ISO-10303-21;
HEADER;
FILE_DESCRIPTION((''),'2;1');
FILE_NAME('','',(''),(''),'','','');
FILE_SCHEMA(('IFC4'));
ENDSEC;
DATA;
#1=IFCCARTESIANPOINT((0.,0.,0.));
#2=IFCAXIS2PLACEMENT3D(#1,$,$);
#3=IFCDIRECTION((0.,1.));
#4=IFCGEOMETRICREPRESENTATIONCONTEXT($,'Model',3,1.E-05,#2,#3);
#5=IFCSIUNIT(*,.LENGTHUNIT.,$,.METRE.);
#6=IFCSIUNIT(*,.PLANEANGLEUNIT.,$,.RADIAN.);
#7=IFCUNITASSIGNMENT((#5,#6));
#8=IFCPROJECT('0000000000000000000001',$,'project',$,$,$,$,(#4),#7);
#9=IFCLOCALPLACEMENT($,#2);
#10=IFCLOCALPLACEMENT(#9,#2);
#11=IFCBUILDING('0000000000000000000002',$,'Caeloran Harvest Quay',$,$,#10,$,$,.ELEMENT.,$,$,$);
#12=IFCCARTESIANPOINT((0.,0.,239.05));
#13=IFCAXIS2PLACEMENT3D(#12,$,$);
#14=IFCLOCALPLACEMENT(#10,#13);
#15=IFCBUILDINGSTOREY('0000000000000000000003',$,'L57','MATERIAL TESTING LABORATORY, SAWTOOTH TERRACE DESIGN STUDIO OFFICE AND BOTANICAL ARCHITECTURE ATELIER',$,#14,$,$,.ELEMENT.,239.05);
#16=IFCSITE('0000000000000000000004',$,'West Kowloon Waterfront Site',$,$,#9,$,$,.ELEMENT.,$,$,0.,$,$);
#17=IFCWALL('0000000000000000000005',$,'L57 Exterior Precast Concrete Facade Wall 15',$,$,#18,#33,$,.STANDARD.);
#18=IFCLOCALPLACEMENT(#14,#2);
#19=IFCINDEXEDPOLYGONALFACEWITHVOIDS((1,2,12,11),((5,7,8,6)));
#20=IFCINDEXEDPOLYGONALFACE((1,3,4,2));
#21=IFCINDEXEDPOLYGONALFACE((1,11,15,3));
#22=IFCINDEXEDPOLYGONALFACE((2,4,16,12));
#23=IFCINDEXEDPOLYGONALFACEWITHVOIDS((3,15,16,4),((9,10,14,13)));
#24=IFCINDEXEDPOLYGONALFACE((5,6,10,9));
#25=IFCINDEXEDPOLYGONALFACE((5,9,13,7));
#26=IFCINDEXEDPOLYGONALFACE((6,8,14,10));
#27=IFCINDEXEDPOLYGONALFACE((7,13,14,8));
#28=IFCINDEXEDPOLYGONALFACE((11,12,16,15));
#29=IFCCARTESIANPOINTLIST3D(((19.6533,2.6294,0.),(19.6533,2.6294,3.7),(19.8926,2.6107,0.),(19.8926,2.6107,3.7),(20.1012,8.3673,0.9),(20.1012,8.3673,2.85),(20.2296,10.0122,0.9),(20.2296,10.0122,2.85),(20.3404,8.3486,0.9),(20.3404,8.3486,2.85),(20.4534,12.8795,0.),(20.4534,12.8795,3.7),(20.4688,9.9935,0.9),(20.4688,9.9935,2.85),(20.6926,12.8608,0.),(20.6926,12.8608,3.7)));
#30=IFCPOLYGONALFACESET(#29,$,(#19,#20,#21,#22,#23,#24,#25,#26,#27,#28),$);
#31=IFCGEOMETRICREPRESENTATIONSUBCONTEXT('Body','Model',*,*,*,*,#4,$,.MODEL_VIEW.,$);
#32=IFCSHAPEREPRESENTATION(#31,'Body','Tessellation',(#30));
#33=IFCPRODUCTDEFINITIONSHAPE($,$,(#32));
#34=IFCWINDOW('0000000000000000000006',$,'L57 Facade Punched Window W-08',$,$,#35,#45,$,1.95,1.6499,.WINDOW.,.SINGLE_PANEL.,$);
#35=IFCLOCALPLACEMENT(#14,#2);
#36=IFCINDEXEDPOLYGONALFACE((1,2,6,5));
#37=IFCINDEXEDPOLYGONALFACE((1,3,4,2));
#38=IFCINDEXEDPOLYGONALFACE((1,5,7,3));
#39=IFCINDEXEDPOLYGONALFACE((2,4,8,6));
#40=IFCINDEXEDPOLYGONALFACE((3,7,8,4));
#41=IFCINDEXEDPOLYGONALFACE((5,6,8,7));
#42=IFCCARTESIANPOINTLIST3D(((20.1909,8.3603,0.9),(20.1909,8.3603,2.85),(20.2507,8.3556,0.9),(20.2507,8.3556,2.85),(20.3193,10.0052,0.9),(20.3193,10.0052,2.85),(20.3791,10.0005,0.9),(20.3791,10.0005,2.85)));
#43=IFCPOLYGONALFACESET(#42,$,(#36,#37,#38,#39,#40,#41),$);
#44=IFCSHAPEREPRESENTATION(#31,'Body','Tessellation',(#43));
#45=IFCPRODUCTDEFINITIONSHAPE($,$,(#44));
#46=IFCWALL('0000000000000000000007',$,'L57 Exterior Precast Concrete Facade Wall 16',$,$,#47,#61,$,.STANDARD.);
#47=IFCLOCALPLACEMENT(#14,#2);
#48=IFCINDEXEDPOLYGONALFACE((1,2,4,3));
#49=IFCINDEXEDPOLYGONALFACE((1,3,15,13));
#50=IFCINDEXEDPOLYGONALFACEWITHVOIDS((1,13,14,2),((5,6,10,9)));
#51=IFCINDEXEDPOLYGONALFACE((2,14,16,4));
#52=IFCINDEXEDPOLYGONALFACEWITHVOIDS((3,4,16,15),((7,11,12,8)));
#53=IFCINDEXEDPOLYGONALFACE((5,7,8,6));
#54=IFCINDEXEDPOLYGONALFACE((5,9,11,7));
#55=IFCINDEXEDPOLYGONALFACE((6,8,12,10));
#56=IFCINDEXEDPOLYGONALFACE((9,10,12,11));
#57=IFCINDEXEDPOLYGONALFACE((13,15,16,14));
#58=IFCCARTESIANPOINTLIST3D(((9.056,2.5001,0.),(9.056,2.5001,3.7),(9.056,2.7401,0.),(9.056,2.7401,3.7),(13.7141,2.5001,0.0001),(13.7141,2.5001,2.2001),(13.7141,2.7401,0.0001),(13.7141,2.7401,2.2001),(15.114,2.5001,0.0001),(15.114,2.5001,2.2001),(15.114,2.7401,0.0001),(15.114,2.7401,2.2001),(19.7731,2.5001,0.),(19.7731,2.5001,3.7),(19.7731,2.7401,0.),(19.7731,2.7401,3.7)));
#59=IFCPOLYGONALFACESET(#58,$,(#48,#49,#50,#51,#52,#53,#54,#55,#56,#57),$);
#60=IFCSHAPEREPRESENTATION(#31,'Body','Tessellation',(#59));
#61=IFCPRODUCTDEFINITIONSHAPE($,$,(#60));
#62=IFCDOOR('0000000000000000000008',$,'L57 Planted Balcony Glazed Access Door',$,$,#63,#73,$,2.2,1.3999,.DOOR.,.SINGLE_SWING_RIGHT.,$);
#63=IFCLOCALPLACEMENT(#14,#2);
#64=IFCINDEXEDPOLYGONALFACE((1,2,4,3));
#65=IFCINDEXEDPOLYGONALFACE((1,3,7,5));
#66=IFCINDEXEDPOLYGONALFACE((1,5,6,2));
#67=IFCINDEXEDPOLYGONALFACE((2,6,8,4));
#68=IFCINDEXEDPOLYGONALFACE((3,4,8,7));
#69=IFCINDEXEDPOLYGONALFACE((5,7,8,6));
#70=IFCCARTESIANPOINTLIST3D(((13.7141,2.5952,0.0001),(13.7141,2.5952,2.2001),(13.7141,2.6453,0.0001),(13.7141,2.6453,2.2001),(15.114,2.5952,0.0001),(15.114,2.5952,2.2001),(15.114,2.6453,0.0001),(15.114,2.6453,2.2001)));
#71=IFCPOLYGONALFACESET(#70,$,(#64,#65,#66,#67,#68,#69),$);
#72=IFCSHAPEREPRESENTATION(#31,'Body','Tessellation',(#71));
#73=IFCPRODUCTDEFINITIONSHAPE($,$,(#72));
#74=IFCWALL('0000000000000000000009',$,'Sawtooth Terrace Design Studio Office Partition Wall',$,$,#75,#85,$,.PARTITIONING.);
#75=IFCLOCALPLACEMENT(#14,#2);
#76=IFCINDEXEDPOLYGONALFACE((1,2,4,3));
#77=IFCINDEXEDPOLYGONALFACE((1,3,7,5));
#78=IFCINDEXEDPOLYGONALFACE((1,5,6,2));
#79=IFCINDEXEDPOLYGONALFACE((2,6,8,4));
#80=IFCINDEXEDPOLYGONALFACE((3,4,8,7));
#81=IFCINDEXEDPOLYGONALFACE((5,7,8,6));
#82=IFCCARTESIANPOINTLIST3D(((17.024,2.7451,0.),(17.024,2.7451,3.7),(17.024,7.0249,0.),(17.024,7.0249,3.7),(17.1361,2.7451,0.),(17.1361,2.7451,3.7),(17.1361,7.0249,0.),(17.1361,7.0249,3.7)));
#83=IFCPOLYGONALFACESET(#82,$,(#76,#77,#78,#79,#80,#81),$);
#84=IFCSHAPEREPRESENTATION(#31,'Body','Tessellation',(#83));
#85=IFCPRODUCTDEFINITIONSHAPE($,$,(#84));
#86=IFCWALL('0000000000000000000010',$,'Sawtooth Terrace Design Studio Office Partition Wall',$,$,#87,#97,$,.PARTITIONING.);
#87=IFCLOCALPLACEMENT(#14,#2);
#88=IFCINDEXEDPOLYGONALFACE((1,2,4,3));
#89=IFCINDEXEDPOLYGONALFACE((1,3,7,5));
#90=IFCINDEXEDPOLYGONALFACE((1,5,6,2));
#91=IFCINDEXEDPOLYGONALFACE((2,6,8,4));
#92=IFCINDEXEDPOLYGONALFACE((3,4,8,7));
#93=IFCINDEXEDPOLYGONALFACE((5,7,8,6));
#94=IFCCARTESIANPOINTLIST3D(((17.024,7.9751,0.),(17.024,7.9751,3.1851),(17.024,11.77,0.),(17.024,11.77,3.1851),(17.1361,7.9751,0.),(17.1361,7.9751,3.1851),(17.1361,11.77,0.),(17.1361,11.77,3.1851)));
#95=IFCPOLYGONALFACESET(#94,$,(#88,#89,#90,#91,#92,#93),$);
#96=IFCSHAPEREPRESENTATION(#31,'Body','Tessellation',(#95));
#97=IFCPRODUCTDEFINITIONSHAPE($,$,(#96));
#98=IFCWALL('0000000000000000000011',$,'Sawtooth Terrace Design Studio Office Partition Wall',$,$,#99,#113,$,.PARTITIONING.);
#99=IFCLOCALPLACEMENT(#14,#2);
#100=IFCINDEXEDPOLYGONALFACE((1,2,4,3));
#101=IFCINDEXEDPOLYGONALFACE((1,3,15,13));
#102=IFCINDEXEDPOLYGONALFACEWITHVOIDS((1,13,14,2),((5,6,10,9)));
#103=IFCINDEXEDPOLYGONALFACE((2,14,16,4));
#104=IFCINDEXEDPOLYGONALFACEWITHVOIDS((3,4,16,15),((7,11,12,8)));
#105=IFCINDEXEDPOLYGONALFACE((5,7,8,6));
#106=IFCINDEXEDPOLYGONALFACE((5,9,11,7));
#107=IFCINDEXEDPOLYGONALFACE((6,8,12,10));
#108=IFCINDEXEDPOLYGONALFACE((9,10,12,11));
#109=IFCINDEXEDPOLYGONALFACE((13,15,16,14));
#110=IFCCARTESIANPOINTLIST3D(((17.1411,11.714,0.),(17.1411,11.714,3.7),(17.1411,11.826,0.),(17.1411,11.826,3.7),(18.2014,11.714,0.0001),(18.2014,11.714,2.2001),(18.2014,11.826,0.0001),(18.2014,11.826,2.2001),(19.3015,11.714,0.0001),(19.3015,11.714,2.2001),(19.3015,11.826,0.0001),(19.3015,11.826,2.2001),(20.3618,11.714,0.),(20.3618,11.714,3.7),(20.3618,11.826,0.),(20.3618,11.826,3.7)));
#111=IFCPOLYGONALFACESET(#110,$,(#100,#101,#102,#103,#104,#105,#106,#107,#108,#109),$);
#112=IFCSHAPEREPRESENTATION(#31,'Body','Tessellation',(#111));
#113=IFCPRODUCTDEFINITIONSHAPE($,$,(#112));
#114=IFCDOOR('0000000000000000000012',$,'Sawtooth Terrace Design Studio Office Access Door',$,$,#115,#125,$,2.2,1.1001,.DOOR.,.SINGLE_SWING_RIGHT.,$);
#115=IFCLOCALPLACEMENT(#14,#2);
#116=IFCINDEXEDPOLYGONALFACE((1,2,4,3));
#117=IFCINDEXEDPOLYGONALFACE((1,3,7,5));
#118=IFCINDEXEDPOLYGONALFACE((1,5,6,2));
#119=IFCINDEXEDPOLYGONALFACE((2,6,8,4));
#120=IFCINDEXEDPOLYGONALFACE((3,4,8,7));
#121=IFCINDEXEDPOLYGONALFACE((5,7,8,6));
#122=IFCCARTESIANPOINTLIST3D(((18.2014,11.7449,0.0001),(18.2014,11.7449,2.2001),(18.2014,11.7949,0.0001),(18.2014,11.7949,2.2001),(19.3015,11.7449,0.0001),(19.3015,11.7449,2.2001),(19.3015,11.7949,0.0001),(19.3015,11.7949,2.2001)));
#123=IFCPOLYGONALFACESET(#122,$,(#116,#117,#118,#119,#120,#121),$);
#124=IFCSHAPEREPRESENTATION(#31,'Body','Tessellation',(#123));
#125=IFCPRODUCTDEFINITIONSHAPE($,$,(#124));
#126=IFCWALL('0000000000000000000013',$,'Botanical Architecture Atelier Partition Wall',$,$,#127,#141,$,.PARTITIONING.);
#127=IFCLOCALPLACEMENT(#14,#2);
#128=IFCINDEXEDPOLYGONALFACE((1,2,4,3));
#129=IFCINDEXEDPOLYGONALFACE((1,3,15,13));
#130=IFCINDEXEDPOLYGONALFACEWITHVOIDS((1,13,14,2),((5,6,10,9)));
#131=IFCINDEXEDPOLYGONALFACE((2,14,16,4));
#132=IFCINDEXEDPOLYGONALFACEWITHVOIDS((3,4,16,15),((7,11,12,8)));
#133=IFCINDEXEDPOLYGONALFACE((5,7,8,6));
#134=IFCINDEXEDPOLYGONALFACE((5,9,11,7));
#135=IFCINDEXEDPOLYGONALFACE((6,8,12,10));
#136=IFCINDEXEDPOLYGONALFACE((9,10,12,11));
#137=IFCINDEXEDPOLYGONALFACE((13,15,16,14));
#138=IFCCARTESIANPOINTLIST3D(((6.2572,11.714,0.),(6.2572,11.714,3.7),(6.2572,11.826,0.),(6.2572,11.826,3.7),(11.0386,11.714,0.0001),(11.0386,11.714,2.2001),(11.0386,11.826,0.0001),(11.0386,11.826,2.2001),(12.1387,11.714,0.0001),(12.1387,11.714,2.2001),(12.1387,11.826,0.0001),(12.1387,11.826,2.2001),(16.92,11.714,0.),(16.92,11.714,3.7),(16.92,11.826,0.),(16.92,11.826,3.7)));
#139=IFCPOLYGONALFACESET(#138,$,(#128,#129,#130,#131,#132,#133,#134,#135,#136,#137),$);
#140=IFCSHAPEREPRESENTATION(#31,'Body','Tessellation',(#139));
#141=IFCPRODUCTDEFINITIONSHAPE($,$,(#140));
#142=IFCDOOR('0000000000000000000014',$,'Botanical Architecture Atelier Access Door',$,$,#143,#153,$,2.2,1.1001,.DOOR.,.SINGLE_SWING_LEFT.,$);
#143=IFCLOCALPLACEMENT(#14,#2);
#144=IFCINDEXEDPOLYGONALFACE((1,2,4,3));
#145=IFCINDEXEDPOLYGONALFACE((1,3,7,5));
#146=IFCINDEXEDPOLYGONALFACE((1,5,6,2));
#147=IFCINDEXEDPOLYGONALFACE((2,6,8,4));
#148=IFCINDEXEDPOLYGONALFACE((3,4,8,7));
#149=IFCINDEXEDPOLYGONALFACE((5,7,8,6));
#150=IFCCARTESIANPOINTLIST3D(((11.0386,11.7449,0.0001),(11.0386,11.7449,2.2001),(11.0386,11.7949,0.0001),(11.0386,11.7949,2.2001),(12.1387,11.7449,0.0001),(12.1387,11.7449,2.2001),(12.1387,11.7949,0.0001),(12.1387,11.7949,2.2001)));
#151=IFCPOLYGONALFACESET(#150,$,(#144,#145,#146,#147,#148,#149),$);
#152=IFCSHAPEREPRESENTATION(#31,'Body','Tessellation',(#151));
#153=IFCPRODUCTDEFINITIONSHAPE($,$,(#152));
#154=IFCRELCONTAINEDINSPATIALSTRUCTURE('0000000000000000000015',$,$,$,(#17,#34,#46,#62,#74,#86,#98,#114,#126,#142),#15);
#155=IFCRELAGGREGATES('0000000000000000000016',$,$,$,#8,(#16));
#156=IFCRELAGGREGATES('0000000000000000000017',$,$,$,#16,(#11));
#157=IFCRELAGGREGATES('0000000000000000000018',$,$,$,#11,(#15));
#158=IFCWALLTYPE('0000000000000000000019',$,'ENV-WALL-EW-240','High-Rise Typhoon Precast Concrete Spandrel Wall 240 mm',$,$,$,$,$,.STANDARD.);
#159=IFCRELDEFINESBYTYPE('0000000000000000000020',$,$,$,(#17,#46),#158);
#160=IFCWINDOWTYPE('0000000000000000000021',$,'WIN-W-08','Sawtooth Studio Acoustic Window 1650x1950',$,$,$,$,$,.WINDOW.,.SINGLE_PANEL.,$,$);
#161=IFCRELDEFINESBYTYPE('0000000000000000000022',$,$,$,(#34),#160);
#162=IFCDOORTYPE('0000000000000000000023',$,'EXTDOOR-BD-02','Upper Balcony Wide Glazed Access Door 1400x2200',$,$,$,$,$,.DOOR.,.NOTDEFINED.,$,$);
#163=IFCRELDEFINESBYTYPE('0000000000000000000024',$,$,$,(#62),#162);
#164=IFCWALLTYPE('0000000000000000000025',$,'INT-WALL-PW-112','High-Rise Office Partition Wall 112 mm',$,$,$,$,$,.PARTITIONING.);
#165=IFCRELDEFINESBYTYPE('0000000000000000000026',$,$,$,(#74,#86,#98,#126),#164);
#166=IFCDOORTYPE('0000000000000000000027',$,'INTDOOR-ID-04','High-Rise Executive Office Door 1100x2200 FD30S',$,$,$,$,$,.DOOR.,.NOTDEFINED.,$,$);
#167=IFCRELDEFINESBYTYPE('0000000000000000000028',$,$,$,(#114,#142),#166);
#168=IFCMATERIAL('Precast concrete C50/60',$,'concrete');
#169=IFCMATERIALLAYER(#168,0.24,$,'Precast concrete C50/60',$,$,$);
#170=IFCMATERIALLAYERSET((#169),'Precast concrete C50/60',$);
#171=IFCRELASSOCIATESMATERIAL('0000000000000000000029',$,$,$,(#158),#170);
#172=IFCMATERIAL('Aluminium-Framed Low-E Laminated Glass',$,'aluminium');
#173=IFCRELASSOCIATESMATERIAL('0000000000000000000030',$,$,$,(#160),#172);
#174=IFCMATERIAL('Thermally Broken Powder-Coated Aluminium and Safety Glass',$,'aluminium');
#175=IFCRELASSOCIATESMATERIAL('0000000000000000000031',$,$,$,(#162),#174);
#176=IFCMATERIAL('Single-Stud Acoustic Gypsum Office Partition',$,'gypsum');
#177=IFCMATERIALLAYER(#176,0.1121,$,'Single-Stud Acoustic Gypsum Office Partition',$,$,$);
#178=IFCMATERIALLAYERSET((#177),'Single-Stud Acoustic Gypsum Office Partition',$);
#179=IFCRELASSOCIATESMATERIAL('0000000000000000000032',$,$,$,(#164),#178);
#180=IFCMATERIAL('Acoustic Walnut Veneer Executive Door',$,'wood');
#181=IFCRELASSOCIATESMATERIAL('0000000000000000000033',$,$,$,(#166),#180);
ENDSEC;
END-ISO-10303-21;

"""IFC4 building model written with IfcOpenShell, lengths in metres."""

from ifc_helpers import new_model, si_unit, direction, frame, frame_2d, origin, place, context, subcontext, project, spatial, rectangle, extrude, material, layer, layer_set, type_object, element, fill, save


model = new_model("IFC4")

# Units and contexts
model_context = context("Model", 3, precision=1e-05, world=origin(), true_north=direction((0.0, 1.0)))
body_context = subcontext(model_context, "Body", "Model", "MODEL_VIEW")
ifc_project = project(units=[si_unit("LENGTHUNIT", "METRE"), si_unit("PLANEANGLEUNIT", "RADIAN")], contexts=[model_context])

# Site, building, storey
site_placement = place(None, origin())
site = spatial("IfcSite", under=ifc_project, at=site_placement, Name="West Kowloon Waterfront Site", CompositionType="ELEMENT", RefElevation=0.0)
building_placement = place(site_placement, origin())
building = spatial("IfcBuilding", under=site, at=building_placement, Name="Caeloran Harvest Quay", CompositionType="ELEMENT")
storey_placement = place(building_placement, frame((0.0, 0.0, 239.05)))
storey = spatial("IfcBuildingStorey", under=building, at=storey_placement, Name="L57", Description="MATERIAL TESTING LABORATORY, SAWTOOTH TERRACE DESIGN STUDIO OFFICE AND BOTANICAL ARCHITECTURE ATELIER", CompositionType="ELEMENT", Elevation=239.05)

# Shared definitions
ifc_material_1 = material(Name="Precast concrete C50/60", Category="concrete")

# Shared definitions
ifc_layer_1 = layer(ifc_material_1, 0.24, Name="Precast concrete C50/60")
ifc_layer_set_1 = layer_set([ifc_layer_1], Name="Precast concrete C50/60")
wall_type_1 = type_object("IfcWallType", Name="ENV-WALL-EW-240", Description="High-Rise Typhoon Precast Concrete Spandrel Wall 240 mm", PredefinedType="STANDARD", material=ifc_layer_set_1)

# Wall, opening, window
ifc_material_2 = material(Name="Aluminium-Framed Low-E Laminated Glass", Category="aluminium")
window_type = type_object("IfcWindowType", Name="WIN-W-08", Description="Sawtooth Studio Acoustic Window 1650x1950", PartitioningType="SINGLE_PANEL", PredefinedType="WINDOW", material=ifc_material_2)
wall_1_placement = place(storey_placement, frame((20.573, 12.8701, 0.0), z_axis=(0.0, 0.0, 1.0), x_axis=(-0.077817, -0.996968, 0.0)))
wall_1 = element("IfcWall", 1, at=wall_1_placement, inside=storey, type_object=wall_type_1, Name="L57 Exterior Precast Concrete Facade Wall 15", PredefinedType="STANDARD", context=body_context, shape_type="SweptSolid", body=[
    extrude(rectangle(XDim=10.2812, YDim=0.24, at=frame_2d((5.1406, 0.0))), origin(), (0.0, 0.0, 1.0), 3.7),
])
opening_1_placement = place(wall_1_placement, frame((2.876, 0.0, 0.8999)))
opening_1 = element("IfcOpeningElement", 2, at=opening_1_placement, cuts=wall_1, PredefinedType="OPENING", context=body_context, shape_type="SweptSolid", body=[
    extrude(rectangle(XDim=1.6499, YDim=1.95, at=frame_2d((0.825, 0.9751))), frame((0.0, 0.1299, 0.0), z_axis=(0.0, -1.0, 0.0), x_axis=(1.0, 0.0, 0.0)), (0.0, 0.0, 1.0), 0.26),
])
window_1_placement = place(opening_1_placement, origin())
window_1 = element("IfcWindow", 3, at=window_1_placement, inside=storey, type_object=window_type, Name="L57 Facade Punched Window W-08", OverallHeight=1.95, OverallWidth=1.6499, PartitioningType="SINGLE_PANEL", PredefinedType="WINDOW", context=body_context, shape_type="SweptSolid", body=[
    extrude(rectangle(XDim=1.6499, YDim=1.95, at=frame_2d((0.825, 0.9751))), frame((0.0, 0.03, 0.0), z_axis=(0.0, -1.0, 0.0), x_axis=(1.0, 0.0, 0.0)), (0.0, 0.0, 1.0), 0.0601),
])
fill(opening_1, window_1)

# Wall, opening, door
wall_2_placement = place(storey_placement, frame((19.7729, 2.6201, 0.0), z_axis=(0.0, 0.0, 1.0), x_axis=(-1.0, 0.0, 0.0)))
wall_2 = element("IfcWall", 4, at=wall_2_placement, inside=storey, type_object=wall_type_1, Name="L57 Exterior Precast Concrete Facade Wall 16", PredefinedType="STANDARD", context=body_context, shape_type="SweptSolid", body=[
    extrude(rectangle(XDim=10.717, YDim=0.24, at=frame_2d((5.3584, 0.0))), origin(), (0.0, 0.0, 1.0), 3.7),
])
opening_2_placement = place(wall_2_placement, frame((4.6589, 0.0, 0.0)))
opening_2 = element("IfcOpeningElement", 5, at=opening_2_placement, cuts=wall_2, PredefinedType="OPENING", context=body_context, shape_type="SweptSolid", body=[
    extrude(rectangle(XDim=1.3999, YDim=2.2, at=frame_2d((0.7, 1.1001))), frame((0.0, 0.1299, 0.0), z_axis=(0.0, -1.0, 0.0), x_axis=(1.0, 0.0, 0.0)), (0.0, 0.0, 1.0), 0.26),
])
ifc_material_3 = material(Name="Thermally Broken Powder-Coated Aluminium and Safety Glass", Category="aluminium")
door_type_1 = type_object("IfcDoorType", Name="EXTDOOR-BD-02", Description="Upper Balcony Wide Glazed Access Door 1400x2200", OperationType="NOTDEFINED", PredefinedType="DOOR", material=ifc_material_3)
door_1_placement = place(opening_2_placement, origin())
door_1 = element("IfcDoor", 6, at=door_1_placement, inside=storey, type_object=door_type_1, Name="L57 Planted Balcony Glazed Access Door", OperationType="SINGLE_SWING_RIGHT", OverallHeight=2.2, OverallWidth=1.3999, PredefinedType="DOOR", context=body_context, shape_type="SweptSolid", body=[
    extrude(rectangle(XDim=1.3999, YDim=2.2, at=frame_2d((0.7, 1.1001))), frame((0.0, 0.0249, 0.0), z_axis=(0.0, -1.0, 0.0), x_axis=(1.0, 0.0, 0.0)), (0.0, 0.0, 1.0), 0.05),
])
fill(opening_2, door_1)

# Walls
ifc_material_4 = material(Name="Single-Stud Acoustic Gypsum Office Partition", Category="gypsum")
ifc_layer_2 = layer(ifc_material_4, 0.1121, Name="Single-Stud Acoustic Gypsum Office Partition")
ifc_layer_set_2 = layer_set([ifc_layer_2], Name="Single-Stud Acoustic Gypsum Office Partition")
wall_type_2 = type_object("IfcWallType", Name="INT-WALL-PW-112", Description="High-Rise Office Partition Wall 112 mm", PredefinedType="PARTITIONING", material=ifc_layer_set_2)
wall_3_placement = place(storey_placement, frame((17.0801, 2.7451, 0.0), z_axis=(0.0, 0.0, 1.0), x_axis=(0.0, 1.0, 0.0)))
element("IfcWall", 7, at=wall_3_placement, inside=storey, type_object=wall_type_2, Name="Sawtooth Terrace Design Studio Office Partition Wall", PredefinedType="PARTITIONING", context=body_context, shape_type="SweptSolid", body=[
    extrude(rectangle(XDim=4.2798, YDim=0.1121, at=frame_2d((2.1399, 0.0))), origin(), (0.0, 0.0, 1.0), 3.7),
])
wall_4_placement = place(storey_placement, frame((17.0801, 7.9751, 0.0), z_axis=(0.0, 0.0, 1.0), x_axis=(0.0, 1.0, 0.0)))
element("IfcWall", 8, at=wall_4_placement, inside=storey, type_object=wall_type_2, Name="Sawtooth Terrace Design Studio Office Partition Wall", PredefinedType="PARTITIONING", context=body_context, shape_type="SweptSolid", body=[
    extrude(rectangle(XDim=3.7949, YDim=0.1121, at=frame_2d((1.8975, 0.0))), origin(), (0.0, 0.0, 1.0), 3.1851),
])

# Walls, openings, doors
wall_5_placement = place(storey_placement, frame((17.1411, 11.77, 0.0), z_axis=(0.0, 0.0, 1.0), x_axis=(1.0, 0.0, 0.0)))
wall_5 = element("IfcWall", 9, at=wall_5_placement, inside=storey, type_object=wall_type_2, Name="Sawtooth Terrace Design Studio Office Partition Wall", PredefinedType="PARTITIONING", context=body_context, shape_type="SweptSolid", body=[
    extrude(rectangle(XDim=3.2207, YDim=0.1121, at=frame_2d((1.6104, 0.0))), origin(), (0.0, 0.0, 1.0), 3.7),
])
opening_3_placement = place(wall_5_placement, frame((1.0603, 0.0, 0.0)))
opening_3 = element("IfcOpeningElement", 10, at=opening_3_placement, cuts=wall_5, PredefinedType="OPENING", context=body_context, shape_type="SweptSolid", body=[
    extrude(rectangle(XDim=1.1001, YDim=2.2, at=frame_2d((0.55, 1.1001))), frame((0.0, 0.0659, 0.0), z_axis=(0.0, -1.0, 0.0), x_axis=(1.0, 0.0, 0.0)), (0.0, 0.0, 1.0), 0.1321),
])
ifc_material_5 = material(Name="Acoustic Walnut Veneer Executive Door", Category="wood")
door_type_2 = type_object("IfcDoorType", Name="INTDOOR-ID-04", Description="High-Rise Executive Office Door 1100x2200 FD30S", OperationType="NOTDEFINED", PredefinedType="DOOR", material=ifc_material_5)
door_2_placement = place(opening_3_placement, origin())
door_2 = element("IfcDoor", 11, at=door_2_placement, inside=storey, type_object=door_type_2, Name="Sawtooth Terrace Design Studio Office Access Door", OperationType="SINGLE_SWING_RIGHT", OverallHeight=2.2, OverallWidth=1.1001, PredefinedType="DOOR", context=body_context, shape_type="SweptSolid", body=[
    extrude(rectangle(XDim=1.1001, YDim=2.2, at=frame_2d((0.55, 1.1001))), frame((0.0, 0.0249, 0.0), z_axis=(0.0, -1.0, 0.0), x_axis=(1.0, 0.0, 0.0)), (0.0, 0.0, 1.0), 0.05),
])
fill(opening_3, door_2)
wall_6_placement = place(storey_placement, frame((6.2571, 11.77, 0.0), z_axis=(0.0, 0.0, 1.0), x_axis=(1.0, 0.0, 0.0)))
wall_6 = element("IfcWall", 12, at=wall_6_placement, inside=storey, type_object=wall_type_2, Name="Botanical Architecture Atelier Partition Wall", PredefinedType="PARTITIONING", context=body_context, shape_type="SweptSolid", body=[
    extrude(rectangle(XDim=10.6628, YDim=0.1121, at=frame_2d((5.3315, 0.0))), origin(), (0.0, 0.0, 1.0), 3.7),
])
opening_4_placement = place(wall_6_placement, frame((4.7815, 0.0, 0.0)))
opening_4 = element("IfcOpeningElement", 13, at=opening_4_placement, cuts=wall_6, PredefinedType="OPENING", context=body_context, shape_type="SweptSolid", body=[
    extrude(rectangle(XDim=1.1001, YDim=2.2, at=frame_2d((0.55, 1.1001))), frame((0.0, 0.0659, 0.0), z_axis=(0.0, -1.0, 0.0), x_axis=(1.0, 0.0, 0.0)), (0.0, 0.0, 1.0), 0.1321),
])
door_3_placement = place(opening_4_placement, origin())
door_3 = element("IfcDoor", 14, at=door_3_placement, inside=storey, type_object=door_type_2, Name="Botanical Architecture Atelier Access Door", OperationType="SINGLE_SWING_LEFT", OverallHeight=2.2, OverallWidth=1.1001, PredefinedType="DOOR", context=body_context, shape_type="SweptSolid", body=[
    extrude(rectangle(XDim=1.1001, YDim=2.2, at=frame_2d((0.55, 1.1001))), frame((0.0, 0.0249, 0.0), z_axis=(0.0, -1.0, 0.0), x_axis=(1.0, 0.0, 0.0)), (0.0, 0.0, 1.0), 0.05),
])
fill(opening_4, door_3)

save(model, "model.ifc")
